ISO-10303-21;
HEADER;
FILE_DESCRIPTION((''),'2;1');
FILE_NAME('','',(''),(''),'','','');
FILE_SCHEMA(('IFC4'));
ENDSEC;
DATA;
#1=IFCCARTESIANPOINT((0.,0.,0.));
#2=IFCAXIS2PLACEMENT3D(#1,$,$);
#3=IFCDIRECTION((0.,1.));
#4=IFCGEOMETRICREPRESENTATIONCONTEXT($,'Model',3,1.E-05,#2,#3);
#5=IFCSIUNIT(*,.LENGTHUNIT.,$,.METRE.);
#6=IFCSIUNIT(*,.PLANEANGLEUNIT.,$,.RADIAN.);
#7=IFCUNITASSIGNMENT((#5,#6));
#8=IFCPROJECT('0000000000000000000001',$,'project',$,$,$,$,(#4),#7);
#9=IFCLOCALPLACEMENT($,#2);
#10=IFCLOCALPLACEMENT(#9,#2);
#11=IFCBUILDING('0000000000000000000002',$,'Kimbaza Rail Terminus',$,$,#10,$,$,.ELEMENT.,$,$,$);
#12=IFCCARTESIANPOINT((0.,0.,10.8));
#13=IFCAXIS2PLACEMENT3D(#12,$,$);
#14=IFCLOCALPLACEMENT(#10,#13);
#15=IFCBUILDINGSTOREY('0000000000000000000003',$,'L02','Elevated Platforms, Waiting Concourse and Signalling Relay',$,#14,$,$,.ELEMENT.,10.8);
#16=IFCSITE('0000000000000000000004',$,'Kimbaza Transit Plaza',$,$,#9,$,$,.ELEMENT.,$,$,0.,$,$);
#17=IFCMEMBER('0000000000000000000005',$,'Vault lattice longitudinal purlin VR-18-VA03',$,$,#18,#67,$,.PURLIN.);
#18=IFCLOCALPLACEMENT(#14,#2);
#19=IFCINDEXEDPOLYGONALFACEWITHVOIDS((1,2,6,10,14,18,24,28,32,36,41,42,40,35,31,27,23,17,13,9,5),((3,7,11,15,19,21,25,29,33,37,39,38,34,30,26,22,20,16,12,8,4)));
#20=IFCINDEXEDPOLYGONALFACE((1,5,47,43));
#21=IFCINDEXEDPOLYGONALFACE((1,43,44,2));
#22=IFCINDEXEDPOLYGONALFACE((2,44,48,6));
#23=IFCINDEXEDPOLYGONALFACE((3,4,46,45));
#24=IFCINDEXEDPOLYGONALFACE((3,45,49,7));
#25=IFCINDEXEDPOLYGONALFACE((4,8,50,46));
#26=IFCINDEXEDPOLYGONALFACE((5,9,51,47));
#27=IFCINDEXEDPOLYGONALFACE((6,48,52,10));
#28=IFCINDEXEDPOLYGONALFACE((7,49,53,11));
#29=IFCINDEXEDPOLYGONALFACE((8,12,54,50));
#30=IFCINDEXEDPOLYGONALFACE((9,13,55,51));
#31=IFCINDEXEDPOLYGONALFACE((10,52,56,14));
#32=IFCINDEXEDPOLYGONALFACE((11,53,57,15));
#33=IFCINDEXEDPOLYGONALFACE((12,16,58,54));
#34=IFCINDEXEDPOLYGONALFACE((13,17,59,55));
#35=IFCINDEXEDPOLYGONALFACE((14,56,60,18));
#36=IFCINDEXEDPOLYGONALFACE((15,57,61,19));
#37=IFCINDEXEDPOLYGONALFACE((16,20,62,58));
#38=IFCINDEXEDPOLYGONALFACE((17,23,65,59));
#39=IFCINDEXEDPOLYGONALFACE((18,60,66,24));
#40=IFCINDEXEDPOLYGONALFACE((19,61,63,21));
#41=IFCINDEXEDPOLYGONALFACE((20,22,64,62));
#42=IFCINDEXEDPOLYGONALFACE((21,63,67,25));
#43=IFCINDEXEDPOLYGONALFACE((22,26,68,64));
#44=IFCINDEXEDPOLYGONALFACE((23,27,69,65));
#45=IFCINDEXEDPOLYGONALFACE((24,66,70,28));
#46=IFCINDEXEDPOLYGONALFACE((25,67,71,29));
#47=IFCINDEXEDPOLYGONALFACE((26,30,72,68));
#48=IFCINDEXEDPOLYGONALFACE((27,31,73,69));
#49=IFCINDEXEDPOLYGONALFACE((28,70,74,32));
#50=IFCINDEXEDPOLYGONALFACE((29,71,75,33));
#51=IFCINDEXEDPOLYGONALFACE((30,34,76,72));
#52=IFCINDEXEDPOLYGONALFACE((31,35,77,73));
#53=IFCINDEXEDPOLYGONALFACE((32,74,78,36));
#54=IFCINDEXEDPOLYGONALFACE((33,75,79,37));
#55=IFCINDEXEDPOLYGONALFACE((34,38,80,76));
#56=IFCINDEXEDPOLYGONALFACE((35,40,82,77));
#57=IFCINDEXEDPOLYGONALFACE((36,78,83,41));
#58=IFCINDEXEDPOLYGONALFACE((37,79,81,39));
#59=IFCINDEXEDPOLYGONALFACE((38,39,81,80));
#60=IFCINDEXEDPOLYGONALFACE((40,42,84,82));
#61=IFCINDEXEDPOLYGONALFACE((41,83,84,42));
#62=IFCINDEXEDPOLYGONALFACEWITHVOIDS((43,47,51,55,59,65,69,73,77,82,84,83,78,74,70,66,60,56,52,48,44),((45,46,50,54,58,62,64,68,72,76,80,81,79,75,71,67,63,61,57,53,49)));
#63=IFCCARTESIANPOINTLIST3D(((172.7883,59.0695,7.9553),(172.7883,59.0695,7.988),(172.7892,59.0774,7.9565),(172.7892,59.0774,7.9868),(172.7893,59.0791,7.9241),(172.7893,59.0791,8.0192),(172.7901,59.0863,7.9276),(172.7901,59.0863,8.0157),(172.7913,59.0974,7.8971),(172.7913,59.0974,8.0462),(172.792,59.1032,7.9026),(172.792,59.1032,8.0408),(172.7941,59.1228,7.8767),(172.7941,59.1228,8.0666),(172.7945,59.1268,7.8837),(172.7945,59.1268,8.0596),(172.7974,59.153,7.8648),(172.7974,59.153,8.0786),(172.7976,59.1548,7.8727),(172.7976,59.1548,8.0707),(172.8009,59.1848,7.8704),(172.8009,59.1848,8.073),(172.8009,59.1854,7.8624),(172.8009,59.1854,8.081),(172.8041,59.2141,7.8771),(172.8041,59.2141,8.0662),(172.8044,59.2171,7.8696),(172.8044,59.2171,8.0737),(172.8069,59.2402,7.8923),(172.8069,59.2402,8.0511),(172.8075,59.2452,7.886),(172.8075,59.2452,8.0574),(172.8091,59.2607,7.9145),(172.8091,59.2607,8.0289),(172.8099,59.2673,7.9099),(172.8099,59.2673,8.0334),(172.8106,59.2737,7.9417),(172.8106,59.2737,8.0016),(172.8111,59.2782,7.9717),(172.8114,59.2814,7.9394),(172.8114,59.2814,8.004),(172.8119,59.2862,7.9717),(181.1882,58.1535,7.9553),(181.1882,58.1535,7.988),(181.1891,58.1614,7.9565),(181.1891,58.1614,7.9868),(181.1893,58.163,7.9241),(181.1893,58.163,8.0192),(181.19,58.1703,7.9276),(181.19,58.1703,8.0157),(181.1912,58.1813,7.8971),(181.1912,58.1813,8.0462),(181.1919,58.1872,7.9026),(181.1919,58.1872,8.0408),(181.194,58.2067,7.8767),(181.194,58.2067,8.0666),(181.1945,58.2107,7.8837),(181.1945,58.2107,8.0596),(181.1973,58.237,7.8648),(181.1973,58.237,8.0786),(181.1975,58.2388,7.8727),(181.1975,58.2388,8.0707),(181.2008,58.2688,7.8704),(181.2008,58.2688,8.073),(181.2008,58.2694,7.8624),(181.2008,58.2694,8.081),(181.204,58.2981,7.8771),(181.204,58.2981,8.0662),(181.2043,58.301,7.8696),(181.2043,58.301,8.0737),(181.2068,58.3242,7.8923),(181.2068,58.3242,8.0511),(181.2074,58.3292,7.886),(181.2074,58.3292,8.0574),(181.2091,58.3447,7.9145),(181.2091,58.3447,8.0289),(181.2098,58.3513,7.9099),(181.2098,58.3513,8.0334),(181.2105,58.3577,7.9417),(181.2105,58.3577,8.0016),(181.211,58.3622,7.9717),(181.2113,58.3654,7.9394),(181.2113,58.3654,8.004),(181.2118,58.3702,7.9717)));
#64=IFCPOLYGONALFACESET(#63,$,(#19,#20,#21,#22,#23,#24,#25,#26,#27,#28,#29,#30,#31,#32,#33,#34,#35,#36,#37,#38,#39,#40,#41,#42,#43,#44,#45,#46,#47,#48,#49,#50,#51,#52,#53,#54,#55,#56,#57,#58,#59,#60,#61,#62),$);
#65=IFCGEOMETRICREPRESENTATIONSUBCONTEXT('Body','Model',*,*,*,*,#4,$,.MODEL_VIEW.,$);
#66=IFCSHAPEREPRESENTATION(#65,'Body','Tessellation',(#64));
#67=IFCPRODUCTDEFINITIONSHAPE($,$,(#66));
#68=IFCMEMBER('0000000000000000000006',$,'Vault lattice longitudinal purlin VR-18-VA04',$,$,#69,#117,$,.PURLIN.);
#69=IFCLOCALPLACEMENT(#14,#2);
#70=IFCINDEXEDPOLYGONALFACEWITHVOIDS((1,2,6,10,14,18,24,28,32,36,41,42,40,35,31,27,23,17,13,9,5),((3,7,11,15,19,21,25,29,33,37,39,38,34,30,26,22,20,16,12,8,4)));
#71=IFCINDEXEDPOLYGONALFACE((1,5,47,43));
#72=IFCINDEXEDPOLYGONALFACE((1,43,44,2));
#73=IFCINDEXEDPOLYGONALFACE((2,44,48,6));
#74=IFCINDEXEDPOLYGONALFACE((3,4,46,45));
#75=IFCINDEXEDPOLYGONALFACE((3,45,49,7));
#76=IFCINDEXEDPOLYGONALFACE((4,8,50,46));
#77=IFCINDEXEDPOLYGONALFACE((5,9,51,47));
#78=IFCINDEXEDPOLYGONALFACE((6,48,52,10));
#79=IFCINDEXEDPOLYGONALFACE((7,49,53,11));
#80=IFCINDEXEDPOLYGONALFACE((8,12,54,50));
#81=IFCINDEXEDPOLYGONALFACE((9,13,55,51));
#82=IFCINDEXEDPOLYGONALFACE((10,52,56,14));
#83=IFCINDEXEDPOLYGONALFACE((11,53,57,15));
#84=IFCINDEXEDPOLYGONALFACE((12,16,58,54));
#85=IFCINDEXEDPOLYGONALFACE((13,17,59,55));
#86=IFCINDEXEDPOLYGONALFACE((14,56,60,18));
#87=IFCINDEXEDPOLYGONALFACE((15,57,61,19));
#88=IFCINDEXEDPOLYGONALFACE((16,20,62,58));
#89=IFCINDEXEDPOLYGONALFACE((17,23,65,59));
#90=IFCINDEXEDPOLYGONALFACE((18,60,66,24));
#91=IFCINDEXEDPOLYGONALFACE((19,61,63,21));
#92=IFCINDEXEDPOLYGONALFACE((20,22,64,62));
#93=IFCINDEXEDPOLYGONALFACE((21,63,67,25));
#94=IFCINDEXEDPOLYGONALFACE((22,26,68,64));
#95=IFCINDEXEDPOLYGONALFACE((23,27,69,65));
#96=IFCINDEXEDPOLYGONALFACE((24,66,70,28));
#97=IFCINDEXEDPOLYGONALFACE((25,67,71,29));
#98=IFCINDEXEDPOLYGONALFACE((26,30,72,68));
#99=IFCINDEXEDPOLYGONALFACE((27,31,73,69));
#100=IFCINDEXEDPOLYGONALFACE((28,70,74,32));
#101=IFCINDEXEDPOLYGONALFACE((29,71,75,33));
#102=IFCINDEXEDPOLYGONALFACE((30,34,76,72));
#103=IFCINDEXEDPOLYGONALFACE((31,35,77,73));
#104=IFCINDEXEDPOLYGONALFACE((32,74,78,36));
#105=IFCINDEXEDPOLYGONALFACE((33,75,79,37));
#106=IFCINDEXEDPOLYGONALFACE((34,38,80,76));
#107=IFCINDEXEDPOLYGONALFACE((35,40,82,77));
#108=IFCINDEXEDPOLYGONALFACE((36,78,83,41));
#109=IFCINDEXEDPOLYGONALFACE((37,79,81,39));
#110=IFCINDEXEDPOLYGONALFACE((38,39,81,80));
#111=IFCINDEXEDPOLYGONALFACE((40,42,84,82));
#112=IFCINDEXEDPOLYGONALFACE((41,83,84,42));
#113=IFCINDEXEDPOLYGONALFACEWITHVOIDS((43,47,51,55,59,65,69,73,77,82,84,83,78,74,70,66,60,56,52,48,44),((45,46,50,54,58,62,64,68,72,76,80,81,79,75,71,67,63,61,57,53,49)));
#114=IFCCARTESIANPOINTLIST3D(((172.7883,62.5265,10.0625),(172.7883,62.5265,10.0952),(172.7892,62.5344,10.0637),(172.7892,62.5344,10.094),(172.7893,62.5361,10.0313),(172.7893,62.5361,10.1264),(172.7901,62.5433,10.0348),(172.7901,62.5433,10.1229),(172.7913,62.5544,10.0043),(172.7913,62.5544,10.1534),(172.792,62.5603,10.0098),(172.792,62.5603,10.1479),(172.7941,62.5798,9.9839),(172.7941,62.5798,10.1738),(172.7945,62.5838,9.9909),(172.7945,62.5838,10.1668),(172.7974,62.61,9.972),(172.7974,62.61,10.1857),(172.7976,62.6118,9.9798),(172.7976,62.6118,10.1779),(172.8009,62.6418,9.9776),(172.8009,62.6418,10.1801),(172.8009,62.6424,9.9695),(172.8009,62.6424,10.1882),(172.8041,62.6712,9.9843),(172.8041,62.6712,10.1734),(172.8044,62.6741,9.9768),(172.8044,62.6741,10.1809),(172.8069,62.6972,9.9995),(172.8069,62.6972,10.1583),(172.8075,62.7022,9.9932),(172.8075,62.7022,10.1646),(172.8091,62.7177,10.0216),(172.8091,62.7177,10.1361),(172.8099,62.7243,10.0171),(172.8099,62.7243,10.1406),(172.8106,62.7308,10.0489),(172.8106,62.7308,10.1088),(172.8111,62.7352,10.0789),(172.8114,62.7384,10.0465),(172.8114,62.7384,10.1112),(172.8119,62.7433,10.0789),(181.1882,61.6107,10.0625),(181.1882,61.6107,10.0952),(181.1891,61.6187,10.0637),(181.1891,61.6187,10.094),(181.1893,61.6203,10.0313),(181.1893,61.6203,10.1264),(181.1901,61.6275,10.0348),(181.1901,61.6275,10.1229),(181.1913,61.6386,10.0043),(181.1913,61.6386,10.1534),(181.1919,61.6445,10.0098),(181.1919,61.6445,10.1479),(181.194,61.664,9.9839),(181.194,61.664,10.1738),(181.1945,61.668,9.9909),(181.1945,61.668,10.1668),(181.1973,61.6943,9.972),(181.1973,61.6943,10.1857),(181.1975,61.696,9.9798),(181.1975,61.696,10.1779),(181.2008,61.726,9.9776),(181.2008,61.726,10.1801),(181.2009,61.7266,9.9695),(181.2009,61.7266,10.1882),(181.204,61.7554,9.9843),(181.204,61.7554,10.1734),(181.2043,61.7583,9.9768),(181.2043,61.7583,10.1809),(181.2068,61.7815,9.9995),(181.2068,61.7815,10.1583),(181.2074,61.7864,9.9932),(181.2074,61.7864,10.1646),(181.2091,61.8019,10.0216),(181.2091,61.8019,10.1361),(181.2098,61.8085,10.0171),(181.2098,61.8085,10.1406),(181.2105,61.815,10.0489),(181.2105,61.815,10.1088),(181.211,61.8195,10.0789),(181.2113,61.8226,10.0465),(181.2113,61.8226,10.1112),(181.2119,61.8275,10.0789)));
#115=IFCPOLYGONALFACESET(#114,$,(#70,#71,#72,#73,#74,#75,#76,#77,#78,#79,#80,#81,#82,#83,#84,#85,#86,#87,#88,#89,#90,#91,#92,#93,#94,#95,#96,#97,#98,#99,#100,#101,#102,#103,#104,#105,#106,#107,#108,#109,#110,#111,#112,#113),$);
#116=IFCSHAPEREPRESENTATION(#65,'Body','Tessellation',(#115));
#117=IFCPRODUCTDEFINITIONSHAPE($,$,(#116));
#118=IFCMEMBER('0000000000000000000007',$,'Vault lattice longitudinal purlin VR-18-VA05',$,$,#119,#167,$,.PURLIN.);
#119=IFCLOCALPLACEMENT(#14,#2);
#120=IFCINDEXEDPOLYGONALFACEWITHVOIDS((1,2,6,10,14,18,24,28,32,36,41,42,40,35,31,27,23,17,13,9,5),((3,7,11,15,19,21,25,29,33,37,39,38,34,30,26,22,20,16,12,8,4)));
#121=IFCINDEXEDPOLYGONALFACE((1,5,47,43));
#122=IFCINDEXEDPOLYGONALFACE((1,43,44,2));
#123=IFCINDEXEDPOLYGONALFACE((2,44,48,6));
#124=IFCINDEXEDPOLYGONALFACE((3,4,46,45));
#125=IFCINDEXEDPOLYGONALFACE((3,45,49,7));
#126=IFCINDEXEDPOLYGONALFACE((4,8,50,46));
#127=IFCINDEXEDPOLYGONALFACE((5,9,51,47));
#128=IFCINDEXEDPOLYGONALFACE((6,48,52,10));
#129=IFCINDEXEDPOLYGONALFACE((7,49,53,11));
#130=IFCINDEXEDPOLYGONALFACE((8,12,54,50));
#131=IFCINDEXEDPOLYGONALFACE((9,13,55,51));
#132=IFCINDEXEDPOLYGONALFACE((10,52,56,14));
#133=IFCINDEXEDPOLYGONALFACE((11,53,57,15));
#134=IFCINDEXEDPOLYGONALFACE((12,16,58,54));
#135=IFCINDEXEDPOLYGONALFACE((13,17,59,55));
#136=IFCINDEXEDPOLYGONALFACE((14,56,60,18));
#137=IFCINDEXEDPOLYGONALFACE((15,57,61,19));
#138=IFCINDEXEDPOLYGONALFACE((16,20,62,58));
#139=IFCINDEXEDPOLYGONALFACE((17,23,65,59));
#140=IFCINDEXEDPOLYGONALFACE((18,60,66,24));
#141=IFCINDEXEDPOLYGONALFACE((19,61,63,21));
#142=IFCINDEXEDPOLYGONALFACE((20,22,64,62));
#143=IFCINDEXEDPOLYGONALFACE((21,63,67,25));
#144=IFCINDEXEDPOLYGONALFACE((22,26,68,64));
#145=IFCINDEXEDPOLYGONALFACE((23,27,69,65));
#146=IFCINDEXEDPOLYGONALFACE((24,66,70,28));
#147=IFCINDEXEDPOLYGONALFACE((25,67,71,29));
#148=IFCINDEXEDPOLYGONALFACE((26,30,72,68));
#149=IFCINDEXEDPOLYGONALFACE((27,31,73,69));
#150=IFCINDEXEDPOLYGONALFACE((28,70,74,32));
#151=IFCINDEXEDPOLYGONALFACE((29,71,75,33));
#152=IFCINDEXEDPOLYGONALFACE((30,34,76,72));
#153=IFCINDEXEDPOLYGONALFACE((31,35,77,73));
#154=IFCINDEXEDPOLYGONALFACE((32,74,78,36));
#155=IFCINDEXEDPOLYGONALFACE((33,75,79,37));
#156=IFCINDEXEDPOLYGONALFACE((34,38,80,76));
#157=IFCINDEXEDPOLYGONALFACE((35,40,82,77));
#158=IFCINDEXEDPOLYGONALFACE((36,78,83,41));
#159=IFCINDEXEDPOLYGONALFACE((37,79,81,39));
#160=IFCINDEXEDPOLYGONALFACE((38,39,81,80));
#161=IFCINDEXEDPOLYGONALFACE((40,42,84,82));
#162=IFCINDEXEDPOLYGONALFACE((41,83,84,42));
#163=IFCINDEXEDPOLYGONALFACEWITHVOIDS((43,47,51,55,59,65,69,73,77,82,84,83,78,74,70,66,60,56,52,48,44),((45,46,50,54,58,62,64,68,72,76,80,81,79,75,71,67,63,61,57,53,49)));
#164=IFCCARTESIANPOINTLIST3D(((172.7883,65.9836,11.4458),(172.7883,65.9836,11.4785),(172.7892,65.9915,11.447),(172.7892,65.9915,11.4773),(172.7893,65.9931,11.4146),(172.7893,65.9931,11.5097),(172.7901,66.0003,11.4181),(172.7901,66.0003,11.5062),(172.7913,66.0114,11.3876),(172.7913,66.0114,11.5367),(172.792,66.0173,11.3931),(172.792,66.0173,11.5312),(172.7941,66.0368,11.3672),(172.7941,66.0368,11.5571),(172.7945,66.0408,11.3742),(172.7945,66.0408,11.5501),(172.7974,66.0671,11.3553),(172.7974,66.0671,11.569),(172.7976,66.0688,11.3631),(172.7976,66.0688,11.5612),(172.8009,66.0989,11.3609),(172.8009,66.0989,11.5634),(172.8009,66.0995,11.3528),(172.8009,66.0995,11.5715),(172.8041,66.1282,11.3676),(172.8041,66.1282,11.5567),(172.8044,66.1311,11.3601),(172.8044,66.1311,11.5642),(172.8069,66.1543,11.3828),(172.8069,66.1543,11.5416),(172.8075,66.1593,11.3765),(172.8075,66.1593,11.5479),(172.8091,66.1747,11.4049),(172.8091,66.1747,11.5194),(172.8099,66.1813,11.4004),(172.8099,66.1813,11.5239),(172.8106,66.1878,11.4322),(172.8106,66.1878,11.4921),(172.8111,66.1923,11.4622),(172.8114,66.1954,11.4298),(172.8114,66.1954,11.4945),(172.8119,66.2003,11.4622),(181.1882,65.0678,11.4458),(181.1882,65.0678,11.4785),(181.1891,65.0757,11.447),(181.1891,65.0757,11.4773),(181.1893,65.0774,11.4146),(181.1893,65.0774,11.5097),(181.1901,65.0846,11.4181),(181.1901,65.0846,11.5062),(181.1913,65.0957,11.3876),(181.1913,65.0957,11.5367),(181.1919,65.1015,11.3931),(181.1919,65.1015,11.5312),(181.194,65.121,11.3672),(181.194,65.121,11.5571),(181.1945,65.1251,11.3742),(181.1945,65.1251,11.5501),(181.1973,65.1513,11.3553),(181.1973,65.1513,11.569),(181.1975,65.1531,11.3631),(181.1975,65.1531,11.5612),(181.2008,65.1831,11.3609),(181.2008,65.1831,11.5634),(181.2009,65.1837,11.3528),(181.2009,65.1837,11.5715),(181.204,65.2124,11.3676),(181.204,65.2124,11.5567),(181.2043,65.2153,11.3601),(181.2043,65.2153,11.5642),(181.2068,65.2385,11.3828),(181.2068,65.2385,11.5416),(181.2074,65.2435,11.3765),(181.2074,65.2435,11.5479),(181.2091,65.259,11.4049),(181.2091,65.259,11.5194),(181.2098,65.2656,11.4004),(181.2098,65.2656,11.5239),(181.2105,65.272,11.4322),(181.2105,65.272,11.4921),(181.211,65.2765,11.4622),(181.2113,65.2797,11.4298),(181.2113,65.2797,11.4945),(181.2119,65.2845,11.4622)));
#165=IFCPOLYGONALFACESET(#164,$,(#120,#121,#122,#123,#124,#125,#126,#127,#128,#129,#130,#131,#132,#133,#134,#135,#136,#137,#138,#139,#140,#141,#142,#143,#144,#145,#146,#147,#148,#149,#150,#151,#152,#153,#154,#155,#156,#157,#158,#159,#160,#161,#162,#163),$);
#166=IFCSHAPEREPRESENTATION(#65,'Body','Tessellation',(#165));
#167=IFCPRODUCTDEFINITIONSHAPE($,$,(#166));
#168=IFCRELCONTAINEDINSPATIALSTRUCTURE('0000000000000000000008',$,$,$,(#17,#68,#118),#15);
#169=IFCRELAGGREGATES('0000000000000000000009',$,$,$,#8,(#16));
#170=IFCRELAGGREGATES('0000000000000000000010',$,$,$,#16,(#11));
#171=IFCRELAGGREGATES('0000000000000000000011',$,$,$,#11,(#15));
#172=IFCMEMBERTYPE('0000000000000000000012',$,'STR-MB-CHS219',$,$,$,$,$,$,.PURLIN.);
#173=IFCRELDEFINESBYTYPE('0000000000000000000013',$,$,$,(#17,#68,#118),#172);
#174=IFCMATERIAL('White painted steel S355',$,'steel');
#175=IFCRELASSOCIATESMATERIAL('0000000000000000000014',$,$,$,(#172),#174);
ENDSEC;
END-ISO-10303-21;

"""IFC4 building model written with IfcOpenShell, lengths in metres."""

from ifc_helpers import new_model, si_unit, direction, frame, origin, origin_2d, place, context, subcontext, project, spatial, hollow_circle, extrude, material, material_profile, profile_set, type_object, element, save


model = new_model("IFC4")

# Units and contexts
model_context = context("Model", 3, precision=1e-05, world=origin(), true_north=direction((0.0, 1.0)))
body_context = subcontext(model_context, "Body", "Model", "MODEL_VIEW")
ifc_project = project(units=[si_unit("LENGTHUNIT", "METRE"), si_unit("PLANEANGLEUNIT", "RADIAN")], contexts=[model_context])

# Site, building, storey
site_placement = place(None, origin())
site = spatial("IfcSite", under=ifc_project, at=site_placement, Name="Kimbaza Transit Plaza", CompositionType="ELEMENT", RefElevation=0.0)
building_placement = place(site_placement, origin())
building = spatial("IfcBuilding", under=site, at=building_placement, Name="Kimbaza Rail Terminus", CompositionType="ELEMENT")
storey_placement = place(building_placement, frame((0.0, 0.0, 10.8)))
storey = spatial("IfcBuildingStorey", under=building, at=storey_placement, Name="L02", Description="Elevated Platforms, Waiting Concourse and Signalling Relay", CompositionType="ELEMENT", Elevation=10.8)

# Members
ifc_material_1 = material(Name="White painted steel S355", Category="steel")
ifc_material_profile_1 = material_profile(ifc_material_1, hollow_circle(Radius=0.1096, WallThickness=0.0081, at=origin_2d()), Name="CHS 219.1x8")
ifc_profile_set_1 = profile_set([ifc_material_profile_1], Name="White painted steel S355")
member_type_1 = type_object("IfcMemberType", Name="STR-MB-CHS219", PredefinedType="PURLIN", material=ifc_profile_set_1)
for number, where, z_axis, x_axis, name in (
    (1, (172.8, 59.1772, 7.9717), (0.994106, -0.108408, 0.0), (0.108408, 0.994106, 0.0), "Vault lattice longitudinal purlin VR-18-VA03"),
    (2, (172.8, 62.6343, 10.0789), (0.99411, -0.10838, 0.0), (0.10838, 0.99411, 0.0), "Vault lattice longitudinal purlin VR-18-VA04"),
    (3, (172.8, 66.0913, 11.4622), (0.99411, -0.10838, 0.0), (0.10838, 0.99411, 0.0), "Vault lattice longitudinal purlin VR-18-VA05"),
):
    element("IfcMember", number, at=place(storey_placement, frame(where, z_axis=z_axis, x_axis=x_axis)), inside=storey, type_object=member_type_1, Name=name, PredefinedType="PURLIN", context=body_context, shape_type="SweptSolid", body=[
        extrude(hollow_circle(Radius=0.1096, WallThickness=0.0081, at=origin_2d()), origin(), (0.0, 0.0, 1.0), 8.4497),
    ])

save(model, "model.ifc")
